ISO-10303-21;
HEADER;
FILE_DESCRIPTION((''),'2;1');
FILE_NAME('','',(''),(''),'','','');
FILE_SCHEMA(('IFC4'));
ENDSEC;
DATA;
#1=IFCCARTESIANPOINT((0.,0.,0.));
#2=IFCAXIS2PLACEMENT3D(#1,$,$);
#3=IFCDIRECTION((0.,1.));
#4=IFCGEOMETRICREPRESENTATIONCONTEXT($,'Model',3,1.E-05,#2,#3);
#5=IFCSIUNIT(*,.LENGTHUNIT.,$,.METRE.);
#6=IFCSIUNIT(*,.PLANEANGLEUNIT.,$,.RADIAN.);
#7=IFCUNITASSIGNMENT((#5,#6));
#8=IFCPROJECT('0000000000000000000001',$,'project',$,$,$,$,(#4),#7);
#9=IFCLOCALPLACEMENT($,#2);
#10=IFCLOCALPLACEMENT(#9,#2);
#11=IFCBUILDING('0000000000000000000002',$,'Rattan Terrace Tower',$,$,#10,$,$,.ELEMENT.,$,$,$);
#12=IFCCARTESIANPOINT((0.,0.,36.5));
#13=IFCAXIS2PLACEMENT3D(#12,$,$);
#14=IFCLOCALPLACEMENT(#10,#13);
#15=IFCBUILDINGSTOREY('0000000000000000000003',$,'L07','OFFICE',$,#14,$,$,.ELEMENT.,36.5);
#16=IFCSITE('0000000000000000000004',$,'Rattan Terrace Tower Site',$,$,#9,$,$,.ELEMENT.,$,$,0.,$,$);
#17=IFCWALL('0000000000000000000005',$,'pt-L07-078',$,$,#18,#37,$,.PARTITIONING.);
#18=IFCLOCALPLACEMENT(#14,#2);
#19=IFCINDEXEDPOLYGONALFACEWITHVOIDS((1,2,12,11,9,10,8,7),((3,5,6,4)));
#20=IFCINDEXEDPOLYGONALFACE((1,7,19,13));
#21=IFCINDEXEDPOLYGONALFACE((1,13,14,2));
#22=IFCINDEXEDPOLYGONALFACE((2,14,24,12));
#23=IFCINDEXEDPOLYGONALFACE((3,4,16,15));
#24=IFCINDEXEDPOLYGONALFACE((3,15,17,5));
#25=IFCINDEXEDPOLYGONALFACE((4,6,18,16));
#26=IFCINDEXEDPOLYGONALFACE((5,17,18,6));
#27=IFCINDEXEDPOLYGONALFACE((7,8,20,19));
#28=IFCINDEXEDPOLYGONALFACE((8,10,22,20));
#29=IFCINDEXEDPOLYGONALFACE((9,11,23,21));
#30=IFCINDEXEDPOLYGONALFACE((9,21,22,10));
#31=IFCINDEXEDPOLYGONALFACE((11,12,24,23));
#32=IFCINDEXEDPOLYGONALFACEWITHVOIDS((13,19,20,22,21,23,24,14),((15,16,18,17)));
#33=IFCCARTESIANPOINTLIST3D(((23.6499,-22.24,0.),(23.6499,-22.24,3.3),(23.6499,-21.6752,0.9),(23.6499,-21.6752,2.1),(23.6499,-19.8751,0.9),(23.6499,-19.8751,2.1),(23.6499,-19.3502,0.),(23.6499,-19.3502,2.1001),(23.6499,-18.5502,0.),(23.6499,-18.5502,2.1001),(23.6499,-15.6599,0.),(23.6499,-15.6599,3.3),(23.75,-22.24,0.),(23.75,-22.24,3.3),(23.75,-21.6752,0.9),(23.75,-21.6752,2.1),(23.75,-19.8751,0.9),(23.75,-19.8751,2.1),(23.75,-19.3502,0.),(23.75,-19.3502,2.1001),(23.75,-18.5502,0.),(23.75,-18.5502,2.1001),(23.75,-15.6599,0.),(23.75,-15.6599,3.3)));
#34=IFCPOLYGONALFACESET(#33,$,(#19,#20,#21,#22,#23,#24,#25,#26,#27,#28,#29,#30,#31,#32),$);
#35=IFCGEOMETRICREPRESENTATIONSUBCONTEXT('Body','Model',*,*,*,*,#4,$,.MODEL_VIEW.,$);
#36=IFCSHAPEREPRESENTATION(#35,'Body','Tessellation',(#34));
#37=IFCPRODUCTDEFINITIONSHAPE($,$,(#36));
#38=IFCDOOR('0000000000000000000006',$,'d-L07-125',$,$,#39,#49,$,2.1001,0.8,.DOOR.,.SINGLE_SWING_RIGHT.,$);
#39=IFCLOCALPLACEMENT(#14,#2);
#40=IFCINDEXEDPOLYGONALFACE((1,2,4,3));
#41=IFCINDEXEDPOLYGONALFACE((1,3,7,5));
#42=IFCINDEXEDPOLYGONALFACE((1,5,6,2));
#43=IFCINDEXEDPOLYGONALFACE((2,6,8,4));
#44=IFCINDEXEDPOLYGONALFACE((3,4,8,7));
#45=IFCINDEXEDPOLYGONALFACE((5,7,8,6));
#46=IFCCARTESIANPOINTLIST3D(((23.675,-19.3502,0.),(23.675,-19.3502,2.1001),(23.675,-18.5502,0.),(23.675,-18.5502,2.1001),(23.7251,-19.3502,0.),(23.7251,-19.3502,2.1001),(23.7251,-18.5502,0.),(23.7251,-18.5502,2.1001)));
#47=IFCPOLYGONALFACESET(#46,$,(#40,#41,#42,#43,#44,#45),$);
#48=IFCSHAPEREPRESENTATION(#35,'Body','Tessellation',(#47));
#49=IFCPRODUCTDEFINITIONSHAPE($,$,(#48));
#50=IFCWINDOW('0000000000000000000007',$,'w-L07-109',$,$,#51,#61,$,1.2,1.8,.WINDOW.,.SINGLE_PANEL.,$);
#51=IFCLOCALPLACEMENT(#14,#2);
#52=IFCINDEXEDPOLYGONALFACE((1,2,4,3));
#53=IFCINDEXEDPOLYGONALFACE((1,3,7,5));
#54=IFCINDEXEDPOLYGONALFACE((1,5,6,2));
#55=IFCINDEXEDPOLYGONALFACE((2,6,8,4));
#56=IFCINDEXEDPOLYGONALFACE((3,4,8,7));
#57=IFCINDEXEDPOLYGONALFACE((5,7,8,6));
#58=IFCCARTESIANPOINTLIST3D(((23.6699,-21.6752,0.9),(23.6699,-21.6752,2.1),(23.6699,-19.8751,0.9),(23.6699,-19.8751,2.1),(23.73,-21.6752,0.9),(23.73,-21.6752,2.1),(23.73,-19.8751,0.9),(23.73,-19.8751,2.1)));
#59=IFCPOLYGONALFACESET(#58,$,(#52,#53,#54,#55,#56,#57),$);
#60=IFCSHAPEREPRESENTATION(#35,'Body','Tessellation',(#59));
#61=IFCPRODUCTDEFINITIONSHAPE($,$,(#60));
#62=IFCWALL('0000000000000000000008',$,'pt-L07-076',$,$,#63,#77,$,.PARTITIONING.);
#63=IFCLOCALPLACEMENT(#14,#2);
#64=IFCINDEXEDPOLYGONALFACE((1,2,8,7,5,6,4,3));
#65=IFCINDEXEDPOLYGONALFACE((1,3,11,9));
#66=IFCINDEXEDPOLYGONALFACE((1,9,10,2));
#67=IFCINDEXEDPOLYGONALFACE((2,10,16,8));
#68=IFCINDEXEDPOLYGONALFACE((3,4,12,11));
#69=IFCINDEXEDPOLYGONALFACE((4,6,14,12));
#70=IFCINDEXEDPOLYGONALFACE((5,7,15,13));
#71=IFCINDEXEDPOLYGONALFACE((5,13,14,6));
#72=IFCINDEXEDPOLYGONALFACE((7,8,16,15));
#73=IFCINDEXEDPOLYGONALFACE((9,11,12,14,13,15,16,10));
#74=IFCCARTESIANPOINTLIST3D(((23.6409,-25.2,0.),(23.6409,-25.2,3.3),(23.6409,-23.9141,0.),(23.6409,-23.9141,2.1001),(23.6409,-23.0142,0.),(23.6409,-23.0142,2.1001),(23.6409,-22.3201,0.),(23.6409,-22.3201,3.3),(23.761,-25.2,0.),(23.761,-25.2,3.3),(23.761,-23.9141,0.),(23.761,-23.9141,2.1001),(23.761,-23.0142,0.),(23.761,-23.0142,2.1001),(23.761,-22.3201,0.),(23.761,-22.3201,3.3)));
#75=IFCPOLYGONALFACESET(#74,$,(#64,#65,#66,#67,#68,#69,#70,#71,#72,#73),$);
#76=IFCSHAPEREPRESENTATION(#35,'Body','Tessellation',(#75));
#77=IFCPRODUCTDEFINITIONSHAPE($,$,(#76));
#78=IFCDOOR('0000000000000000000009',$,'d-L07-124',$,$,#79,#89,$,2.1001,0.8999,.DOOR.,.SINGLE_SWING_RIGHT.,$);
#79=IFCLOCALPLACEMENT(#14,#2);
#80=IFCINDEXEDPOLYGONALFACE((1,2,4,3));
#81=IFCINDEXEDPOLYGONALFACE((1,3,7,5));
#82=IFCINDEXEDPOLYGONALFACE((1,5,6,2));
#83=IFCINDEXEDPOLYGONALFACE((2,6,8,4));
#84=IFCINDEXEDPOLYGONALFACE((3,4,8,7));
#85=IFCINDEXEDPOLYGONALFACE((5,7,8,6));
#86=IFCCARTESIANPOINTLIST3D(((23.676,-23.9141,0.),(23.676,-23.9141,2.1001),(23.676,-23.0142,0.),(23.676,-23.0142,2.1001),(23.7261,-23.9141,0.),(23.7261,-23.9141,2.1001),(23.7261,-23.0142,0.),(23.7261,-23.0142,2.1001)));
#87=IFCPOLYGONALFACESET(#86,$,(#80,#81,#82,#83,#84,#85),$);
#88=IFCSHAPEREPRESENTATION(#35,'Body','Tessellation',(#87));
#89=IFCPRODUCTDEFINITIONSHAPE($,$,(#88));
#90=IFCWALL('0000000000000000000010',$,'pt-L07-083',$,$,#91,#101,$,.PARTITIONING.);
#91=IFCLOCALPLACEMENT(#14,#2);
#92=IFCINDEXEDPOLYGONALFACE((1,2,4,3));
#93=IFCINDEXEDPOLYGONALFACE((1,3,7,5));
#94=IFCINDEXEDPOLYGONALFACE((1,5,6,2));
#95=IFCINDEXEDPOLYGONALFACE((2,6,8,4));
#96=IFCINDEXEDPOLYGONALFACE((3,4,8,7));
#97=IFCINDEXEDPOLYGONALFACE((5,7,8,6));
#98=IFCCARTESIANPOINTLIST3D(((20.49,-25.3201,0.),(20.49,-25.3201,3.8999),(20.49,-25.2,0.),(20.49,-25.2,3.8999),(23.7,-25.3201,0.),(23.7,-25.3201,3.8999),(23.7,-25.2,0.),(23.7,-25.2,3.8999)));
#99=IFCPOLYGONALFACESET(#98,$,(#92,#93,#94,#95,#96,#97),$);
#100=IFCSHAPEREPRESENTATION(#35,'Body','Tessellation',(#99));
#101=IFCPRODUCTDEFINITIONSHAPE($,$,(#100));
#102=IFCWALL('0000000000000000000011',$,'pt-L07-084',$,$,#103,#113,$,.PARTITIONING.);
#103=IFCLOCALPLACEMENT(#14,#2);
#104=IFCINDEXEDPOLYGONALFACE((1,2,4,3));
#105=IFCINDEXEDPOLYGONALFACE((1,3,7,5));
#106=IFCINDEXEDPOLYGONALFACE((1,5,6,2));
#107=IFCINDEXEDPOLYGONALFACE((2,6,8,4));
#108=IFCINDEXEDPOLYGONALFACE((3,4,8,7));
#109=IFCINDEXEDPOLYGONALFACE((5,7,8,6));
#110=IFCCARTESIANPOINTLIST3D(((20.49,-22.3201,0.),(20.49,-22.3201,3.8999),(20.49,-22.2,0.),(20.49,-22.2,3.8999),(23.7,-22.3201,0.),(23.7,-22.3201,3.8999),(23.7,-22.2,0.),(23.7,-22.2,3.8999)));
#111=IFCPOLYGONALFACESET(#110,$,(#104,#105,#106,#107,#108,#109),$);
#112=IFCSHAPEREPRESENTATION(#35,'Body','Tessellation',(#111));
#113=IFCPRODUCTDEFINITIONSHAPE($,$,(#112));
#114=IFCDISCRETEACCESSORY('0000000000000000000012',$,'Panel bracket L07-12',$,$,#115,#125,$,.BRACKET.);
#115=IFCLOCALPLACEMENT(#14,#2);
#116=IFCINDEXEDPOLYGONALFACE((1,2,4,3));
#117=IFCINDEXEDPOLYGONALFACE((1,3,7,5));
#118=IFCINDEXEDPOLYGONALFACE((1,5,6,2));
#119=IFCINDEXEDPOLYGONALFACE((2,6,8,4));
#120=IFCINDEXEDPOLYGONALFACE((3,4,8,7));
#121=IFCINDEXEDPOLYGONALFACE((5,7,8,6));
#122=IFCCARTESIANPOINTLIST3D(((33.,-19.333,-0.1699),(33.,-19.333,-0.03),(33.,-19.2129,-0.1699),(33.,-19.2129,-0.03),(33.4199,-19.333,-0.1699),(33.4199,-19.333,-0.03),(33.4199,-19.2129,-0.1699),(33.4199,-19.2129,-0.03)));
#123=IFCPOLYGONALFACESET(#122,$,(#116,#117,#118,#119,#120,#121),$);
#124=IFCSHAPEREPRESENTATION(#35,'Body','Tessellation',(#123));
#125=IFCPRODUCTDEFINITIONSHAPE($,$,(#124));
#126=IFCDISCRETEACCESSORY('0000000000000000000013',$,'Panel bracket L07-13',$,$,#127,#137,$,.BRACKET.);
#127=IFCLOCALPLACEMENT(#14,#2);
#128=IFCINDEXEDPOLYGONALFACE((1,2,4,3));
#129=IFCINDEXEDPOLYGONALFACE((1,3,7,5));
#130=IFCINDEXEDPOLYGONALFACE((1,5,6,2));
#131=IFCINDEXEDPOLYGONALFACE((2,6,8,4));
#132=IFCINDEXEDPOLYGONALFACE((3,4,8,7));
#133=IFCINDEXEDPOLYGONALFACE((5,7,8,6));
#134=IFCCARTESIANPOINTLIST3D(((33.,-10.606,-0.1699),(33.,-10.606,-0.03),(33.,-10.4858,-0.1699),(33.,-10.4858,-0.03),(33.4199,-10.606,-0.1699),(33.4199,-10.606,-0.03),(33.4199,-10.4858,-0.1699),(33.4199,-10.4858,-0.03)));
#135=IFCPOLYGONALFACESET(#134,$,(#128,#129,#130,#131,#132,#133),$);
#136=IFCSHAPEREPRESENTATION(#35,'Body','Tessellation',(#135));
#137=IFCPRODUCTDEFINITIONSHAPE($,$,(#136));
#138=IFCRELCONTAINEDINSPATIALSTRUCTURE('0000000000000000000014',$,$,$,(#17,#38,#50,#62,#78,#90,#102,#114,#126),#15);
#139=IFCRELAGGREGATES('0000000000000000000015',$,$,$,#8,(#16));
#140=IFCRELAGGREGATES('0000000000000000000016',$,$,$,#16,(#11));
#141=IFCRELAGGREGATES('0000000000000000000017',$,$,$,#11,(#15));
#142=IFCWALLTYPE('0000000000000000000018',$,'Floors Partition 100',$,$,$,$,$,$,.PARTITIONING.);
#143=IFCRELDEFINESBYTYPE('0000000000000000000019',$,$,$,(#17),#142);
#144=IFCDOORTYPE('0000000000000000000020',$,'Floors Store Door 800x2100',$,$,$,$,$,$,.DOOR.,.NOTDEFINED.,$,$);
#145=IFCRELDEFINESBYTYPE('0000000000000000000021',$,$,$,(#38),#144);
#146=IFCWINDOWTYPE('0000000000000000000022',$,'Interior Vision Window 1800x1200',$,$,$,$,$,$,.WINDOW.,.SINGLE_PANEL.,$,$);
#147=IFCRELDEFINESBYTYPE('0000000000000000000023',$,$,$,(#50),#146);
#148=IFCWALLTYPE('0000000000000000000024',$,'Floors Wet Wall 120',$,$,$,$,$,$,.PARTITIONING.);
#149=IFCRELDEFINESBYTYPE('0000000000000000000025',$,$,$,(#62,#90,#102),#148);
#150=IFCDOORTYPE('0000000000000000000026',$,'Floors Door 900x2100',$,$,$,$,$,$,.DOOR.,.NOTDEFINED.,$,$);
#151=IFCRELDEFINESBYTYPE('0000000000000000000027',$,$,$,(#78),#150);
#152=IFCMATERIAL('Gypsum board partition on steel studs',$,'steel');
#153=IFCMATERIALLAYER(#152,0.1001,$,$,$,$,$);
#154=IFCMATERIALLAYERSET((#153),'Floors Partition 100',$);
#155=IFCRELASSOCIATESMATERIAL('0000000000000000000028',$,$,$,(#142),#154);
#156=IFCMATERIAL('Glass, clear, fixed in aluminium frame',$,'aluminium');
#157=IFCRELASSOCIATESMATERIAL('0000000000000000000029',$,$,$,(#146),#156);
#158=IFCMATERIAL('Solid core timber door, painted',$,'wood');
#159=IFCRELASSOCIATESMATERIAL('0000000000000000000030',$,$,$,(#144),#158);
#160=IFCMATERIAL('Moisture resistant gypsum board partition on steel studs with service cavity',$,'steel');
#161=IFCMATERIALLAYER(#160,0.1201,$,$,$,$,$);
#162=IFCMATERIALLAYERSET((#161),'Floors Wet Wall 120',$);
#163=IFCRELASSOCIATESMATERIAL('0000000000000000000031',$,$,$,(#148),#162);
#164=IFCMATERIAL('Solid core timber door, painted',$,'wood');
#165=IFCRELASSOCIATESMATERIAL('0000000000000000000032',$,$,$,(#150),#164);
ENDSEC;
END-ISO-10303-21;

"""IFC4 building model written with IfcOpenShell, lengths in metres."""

from ifc_helpers import new_model, si_unit, direction, frame, frame_2d, origin, origin_2d, place, context, subcontext, project, spatial, rectangle, extrude, material, layer, layer_set, type_object, element, fill, save


model = new_model("IFC4")

# Units and contexts
model_context = context("Model", 3, precision=1e-05, world=origin(), true_north=direction((0.0, 1.0)))
body_context = subcontext(model_context, "Body", "Model", "MODEL_VIEW")
ifc_project = project(units=[si_unit("LENGTHUNIT", "METRE"), si_unit("PLANEANGLEUNIT", "RADIAN")], contexts=[model_context])

# Site, building, storey
site_placement = place(None, origin())
site = spatial("IfcSite", under=ifc_project, at=site_placement, Name="Rattan Terrace Tower Site", CompositionType="ELEMENT", RefElevation=0.0)
building_placement = place(site_placement, origin())
building = spatial("IfcBuilding", under=site, at=building_placement, Name="Rattan Terrace Tower", CompositionType="ELEMENT")
storey_placement = place(building_placement, frame((0.0, 0.0, 36.5)))
storey = spatial("IfcBuildingStorey", under=building, at=storey_placement, Name="L07", Description="OFFICE", CompositionType="ELEMENT", Elevation=36.5)

# Shared definitions
ifc_material_1 = material(Name="Gypsum board partition on steel studs", Category="steel")
ifc_layer_1 = layer(ifc_material_1, 0.1001)
ifc_layer_set_1 = layer_set([ifc_layer_1], Name="Floors Partition 100")
wall_type_1 = type_object("IfcWallType", Name="Floors Partition 100", PredefinedType="PARTITIONING", material=ifc_layer_set_1)
ifc_material_2 = material(Name="Glass, clear, fixed in aluminium frame", Category="aluminium")
window_type = type_object("IfcWindowType", Name="Interior Vision Window 1800x1200", PartitioningType="SINGLE_PANEL", PredefinedType="WINDOW", material=ifc_material_2)

# Wall, openings, door, window
wall_1_placement = place(storey_placement, frame((23.7, -22.24, 0.0), z_axis=(0.0, 0.0, 1.0), x_axis=(0.0, 1.0, 0.0)))
wall_1 = element("IfcWall", 1, at=wall_1_placement, inside=storey, type_object=wall_type_1, Name="pt-L07-078", PredefinedType="PARTITIONING", context=body_context, shape_type="SweptSolid", body=[
    extrude(rectangle(XDim=6.5801, YDim=0.1001, at=frame_2d((3.29, 0.0))), origin(), (0.0, 0.0, 1.0), 3.3),
])
opening_1_placement = place(wall_1_placement, frame((2.8899, 0.0, 0.0)))
opening_1 = element("IfcOpeningElement", 2, at=opening_1_placement, cuts=wall_1, PredefinedType="OPENING", context=body_context, shape_type="SweptSolid", body=[
    extrude(rectangle(XDim=0.8, YDim=2.1001, at=frame_2d((0.3999, 1.05))), frame((0.0, 0.0605, 0.0), z_axis=(0.0, -1.0, 0.0), x_axis=(1.0, 0.0, 0.0)), (0.0, 0.0, 1.0), 0.1211),
])
opening_2_placement = place(wall_1_placement, frame((0.5649, 0.0, 0.8999)))
opening_2 = element("IfcOpeningElement", 3, at=opening_2_placement, cuts=wall_1, PredefinedType="OPENING", context=body_context, shape_type="SweptSolid", body=[
    extrude(rectangle(XDim=1.8, YDim=1.2, at=frame_2d((0.8999, 0.6001))), frame((0.0, 0.0605, 0.0), z_axis=(0.0, -1.0, 0.0), x_axis=(1.0, 0.0, 0.0)), (0.0, 0.0, 1.0), 0.1211),
])
ifc_material_3 = material(Name="Solid core timber door, painted", Category="wood")
door_type_1 = type_object("IfcDoorType", Name="Floors Store Door 800x2100", OperationType="NOTDEFINED", PredefinedType="DOOR", material=ifc_material_3)
door_1_placement = place(opening_1_placement, origin())
door_1 = element("IfcDoor", 4, at=door_1_placement, inside=storey, type_object=door_type_1, Name="d-L07-125", OperationType="SINGLE_SWING_RIGHT", OverallHeight=2.1001, OverallWidth=0.8, PredefinedType="DOOR", context=body_context, shape_type="SweptSolid", body=[
    extrude(rectangle(XDim=0.8, YDim=2.1001, at=frame_2d((0.3999, 1.05))), frame((0.0, 0.0249, 0.0), z_axis=(0.0, -1.0, 0.0), x_axis=(1.0, 0.0, 0.0)), (0.0, 0.0, 1.0), 0.05),
])
fill(opening_1, door_1)
window_1_placement = place(opening_2_placement, origin())
window_1 = element("IfcWindow", 5, at=window_1_placement, inside=storey, type_object=window_type, Name="w-L07-109", OverallHeight=1.2, OverallWidth=1.8, PartitioningType="SINGLE_PANEL", PredefinedType="WINDOW", context=body_context, shape_type="SweptSolid", body=[
    extrude(rectangle(XDim=1.8, YDim=1.2, at=frame_2d((0.8999, 0.6001))), frame((0.0, 0.03, 0.0), z_axis=(0.0, -1.0, 0.0), x_axis=(1.0, 0.0, 0.0)), (0.0, 0.0, 1.0), 0.0601),
])
fill(opening_2, window_1)

# Wall, opening, door
ifc_material_4 = material(Name="Moisture resistant gypsum board partition on steel studs with service cavity", Category="steel")
ifc_layer_2 = layer(ifc_material_4, 0.1201)
ifc_layer_set_2 = layer_set([ifc_layer_2], Name="Floors Wet Wall 120")
wall_type_2 = type_object("IfcWallType", Name="Floors Wet Wall 120", PredefinedType="PARTITIONING", material=ifc_layer_set_2)
wall_2_placement = place(storey_placement, frame((23.7009, -25.2, 0.0), z_axis=(0.0, 0.0, 1.0), x_axis=(0.0, 1.0, 0.0)))
wall_2 = element("IfcWall", 6, at=wall_2_placement, inside=storey, type_object=wall_type_2, Name="pt-L07-076", PredefinedType="PARTITIONING", context=body_context, shape_type="SweptSolid", body=[
    extrude(rectangle(XDim=2.8799, YDim=0.1201, at=frame_2d((1.4399, 0.0))), origin(), (0.0, 0.0, 1.0), 3.3),
])
opening_3_placement = place(wall_2_placement, frame((1.2859, 0.0, 0.0)))
opening_3 = element("IfcOpeningElement", 7, at=opening_3_placement, cuts=wall_2, PredefinedType="OPENING", context=body_context, shape_type="SweptSolid", body=[
    extrude(rectangle(XDim=0.8999, YDim=2.1001, at=frame_2d((0.45, 1.05))), frame((0.0, 0.0706, 0.0), z_axis=(0.0, -1.0, 0.0), x_axis=(1.0, 0.0, 0.0)), (0.0, 0.0, 1.0), 0.1411),
])
ifc_material_5 = material(Name="Solid core timber door, painted", Category="wood")
door_type_2 = type_object("IfcDoorType", Name="Floors Door 900x2100", OperationType="NOTDEFINED", PredefinedType="DOOR", material=ifc_material_5)
door_2_placement = place(opening_3_placement, origin())
door_2 = element("IfcDoor", 8, at=door_2_placement, inside=storey, type_object=door_type_2, Name="d-L07-124", OperationType="SINGLE_SWING_RIGHT", OverallHeight=2.1001, OverallWidth=0.8999, PredefinedType="DOOR", context=body_context, shape_type="SweptSolid", body=[
    extrude(rectangle(XDim=0.8999, YDim=2.1001, at=frame_2d((0.45, 1.05))), frame((0.0, 0.0249, 0.0), z_axis=(0.0, -1.0, 0.0), x_axis=(1.0, 0.0, 0.0)), (0.0, 0.0, 1.0), 0.05),
])
fill(opening_3, door_2)

# Walls
for number, where, z_axis, x_axis, name in (
    (9, (20.49, -25.26, 0.0), (0.0, 0.0, 1.0), (1.0, 0.0, 0.0), "pt-L07-083"),
    (10, (20.49, -22.26, 0.0), (0.0, 0.0, 1.0), (1.0, 0.0, 0.0), "pt-L07-084"),
):
    element("IfcWall", number, at=place(storey_placement, frame(where, z_axis=z_axis, x_axis=x_axis)), inside=storey, type_object=wall_type_2, Name=name, PredefinedType="PARTITIONING", context=body_context, shape_type="SweptSolid", body=[
        extrude(rectangle(XDim=3.21, YDim=0.1201, at=frame_2d((1.605, 0.0))), origin(), (0.0, 0.0, 1.0), 3.8999),
    ])

# Discrete accessories
for number, where, z_axis, x_axis, name in (
    (11, (33.21, -19.2729, -0.1699), (0.0, 0.0, 1.0), (0.0, 1.0, 0.0), "Panel bracket L07-12"),
    (12, (33.21, -10.5459, -0.1699), (0.0, 0.0, 1.0), (0.0, 1.0, 0.0), "Panel bracket L07-13"),
):
    element("IfcDiscreteAccessory", number, at=place(storey_placement, frame(where, z_axis=z_axis, x_axis=x_axis)), inside=storey, Name=name, PredefinedType="BRACKET", context=body_context, shape_type="SweptSolid", body=[
        extrude(rectangle(XDim=0.1201, YDim=0.4199, at=origin_2d()), origin(), (0.0, 0.0, 1.0), 0.1399),
    ])

save(model, "model.ifc")
